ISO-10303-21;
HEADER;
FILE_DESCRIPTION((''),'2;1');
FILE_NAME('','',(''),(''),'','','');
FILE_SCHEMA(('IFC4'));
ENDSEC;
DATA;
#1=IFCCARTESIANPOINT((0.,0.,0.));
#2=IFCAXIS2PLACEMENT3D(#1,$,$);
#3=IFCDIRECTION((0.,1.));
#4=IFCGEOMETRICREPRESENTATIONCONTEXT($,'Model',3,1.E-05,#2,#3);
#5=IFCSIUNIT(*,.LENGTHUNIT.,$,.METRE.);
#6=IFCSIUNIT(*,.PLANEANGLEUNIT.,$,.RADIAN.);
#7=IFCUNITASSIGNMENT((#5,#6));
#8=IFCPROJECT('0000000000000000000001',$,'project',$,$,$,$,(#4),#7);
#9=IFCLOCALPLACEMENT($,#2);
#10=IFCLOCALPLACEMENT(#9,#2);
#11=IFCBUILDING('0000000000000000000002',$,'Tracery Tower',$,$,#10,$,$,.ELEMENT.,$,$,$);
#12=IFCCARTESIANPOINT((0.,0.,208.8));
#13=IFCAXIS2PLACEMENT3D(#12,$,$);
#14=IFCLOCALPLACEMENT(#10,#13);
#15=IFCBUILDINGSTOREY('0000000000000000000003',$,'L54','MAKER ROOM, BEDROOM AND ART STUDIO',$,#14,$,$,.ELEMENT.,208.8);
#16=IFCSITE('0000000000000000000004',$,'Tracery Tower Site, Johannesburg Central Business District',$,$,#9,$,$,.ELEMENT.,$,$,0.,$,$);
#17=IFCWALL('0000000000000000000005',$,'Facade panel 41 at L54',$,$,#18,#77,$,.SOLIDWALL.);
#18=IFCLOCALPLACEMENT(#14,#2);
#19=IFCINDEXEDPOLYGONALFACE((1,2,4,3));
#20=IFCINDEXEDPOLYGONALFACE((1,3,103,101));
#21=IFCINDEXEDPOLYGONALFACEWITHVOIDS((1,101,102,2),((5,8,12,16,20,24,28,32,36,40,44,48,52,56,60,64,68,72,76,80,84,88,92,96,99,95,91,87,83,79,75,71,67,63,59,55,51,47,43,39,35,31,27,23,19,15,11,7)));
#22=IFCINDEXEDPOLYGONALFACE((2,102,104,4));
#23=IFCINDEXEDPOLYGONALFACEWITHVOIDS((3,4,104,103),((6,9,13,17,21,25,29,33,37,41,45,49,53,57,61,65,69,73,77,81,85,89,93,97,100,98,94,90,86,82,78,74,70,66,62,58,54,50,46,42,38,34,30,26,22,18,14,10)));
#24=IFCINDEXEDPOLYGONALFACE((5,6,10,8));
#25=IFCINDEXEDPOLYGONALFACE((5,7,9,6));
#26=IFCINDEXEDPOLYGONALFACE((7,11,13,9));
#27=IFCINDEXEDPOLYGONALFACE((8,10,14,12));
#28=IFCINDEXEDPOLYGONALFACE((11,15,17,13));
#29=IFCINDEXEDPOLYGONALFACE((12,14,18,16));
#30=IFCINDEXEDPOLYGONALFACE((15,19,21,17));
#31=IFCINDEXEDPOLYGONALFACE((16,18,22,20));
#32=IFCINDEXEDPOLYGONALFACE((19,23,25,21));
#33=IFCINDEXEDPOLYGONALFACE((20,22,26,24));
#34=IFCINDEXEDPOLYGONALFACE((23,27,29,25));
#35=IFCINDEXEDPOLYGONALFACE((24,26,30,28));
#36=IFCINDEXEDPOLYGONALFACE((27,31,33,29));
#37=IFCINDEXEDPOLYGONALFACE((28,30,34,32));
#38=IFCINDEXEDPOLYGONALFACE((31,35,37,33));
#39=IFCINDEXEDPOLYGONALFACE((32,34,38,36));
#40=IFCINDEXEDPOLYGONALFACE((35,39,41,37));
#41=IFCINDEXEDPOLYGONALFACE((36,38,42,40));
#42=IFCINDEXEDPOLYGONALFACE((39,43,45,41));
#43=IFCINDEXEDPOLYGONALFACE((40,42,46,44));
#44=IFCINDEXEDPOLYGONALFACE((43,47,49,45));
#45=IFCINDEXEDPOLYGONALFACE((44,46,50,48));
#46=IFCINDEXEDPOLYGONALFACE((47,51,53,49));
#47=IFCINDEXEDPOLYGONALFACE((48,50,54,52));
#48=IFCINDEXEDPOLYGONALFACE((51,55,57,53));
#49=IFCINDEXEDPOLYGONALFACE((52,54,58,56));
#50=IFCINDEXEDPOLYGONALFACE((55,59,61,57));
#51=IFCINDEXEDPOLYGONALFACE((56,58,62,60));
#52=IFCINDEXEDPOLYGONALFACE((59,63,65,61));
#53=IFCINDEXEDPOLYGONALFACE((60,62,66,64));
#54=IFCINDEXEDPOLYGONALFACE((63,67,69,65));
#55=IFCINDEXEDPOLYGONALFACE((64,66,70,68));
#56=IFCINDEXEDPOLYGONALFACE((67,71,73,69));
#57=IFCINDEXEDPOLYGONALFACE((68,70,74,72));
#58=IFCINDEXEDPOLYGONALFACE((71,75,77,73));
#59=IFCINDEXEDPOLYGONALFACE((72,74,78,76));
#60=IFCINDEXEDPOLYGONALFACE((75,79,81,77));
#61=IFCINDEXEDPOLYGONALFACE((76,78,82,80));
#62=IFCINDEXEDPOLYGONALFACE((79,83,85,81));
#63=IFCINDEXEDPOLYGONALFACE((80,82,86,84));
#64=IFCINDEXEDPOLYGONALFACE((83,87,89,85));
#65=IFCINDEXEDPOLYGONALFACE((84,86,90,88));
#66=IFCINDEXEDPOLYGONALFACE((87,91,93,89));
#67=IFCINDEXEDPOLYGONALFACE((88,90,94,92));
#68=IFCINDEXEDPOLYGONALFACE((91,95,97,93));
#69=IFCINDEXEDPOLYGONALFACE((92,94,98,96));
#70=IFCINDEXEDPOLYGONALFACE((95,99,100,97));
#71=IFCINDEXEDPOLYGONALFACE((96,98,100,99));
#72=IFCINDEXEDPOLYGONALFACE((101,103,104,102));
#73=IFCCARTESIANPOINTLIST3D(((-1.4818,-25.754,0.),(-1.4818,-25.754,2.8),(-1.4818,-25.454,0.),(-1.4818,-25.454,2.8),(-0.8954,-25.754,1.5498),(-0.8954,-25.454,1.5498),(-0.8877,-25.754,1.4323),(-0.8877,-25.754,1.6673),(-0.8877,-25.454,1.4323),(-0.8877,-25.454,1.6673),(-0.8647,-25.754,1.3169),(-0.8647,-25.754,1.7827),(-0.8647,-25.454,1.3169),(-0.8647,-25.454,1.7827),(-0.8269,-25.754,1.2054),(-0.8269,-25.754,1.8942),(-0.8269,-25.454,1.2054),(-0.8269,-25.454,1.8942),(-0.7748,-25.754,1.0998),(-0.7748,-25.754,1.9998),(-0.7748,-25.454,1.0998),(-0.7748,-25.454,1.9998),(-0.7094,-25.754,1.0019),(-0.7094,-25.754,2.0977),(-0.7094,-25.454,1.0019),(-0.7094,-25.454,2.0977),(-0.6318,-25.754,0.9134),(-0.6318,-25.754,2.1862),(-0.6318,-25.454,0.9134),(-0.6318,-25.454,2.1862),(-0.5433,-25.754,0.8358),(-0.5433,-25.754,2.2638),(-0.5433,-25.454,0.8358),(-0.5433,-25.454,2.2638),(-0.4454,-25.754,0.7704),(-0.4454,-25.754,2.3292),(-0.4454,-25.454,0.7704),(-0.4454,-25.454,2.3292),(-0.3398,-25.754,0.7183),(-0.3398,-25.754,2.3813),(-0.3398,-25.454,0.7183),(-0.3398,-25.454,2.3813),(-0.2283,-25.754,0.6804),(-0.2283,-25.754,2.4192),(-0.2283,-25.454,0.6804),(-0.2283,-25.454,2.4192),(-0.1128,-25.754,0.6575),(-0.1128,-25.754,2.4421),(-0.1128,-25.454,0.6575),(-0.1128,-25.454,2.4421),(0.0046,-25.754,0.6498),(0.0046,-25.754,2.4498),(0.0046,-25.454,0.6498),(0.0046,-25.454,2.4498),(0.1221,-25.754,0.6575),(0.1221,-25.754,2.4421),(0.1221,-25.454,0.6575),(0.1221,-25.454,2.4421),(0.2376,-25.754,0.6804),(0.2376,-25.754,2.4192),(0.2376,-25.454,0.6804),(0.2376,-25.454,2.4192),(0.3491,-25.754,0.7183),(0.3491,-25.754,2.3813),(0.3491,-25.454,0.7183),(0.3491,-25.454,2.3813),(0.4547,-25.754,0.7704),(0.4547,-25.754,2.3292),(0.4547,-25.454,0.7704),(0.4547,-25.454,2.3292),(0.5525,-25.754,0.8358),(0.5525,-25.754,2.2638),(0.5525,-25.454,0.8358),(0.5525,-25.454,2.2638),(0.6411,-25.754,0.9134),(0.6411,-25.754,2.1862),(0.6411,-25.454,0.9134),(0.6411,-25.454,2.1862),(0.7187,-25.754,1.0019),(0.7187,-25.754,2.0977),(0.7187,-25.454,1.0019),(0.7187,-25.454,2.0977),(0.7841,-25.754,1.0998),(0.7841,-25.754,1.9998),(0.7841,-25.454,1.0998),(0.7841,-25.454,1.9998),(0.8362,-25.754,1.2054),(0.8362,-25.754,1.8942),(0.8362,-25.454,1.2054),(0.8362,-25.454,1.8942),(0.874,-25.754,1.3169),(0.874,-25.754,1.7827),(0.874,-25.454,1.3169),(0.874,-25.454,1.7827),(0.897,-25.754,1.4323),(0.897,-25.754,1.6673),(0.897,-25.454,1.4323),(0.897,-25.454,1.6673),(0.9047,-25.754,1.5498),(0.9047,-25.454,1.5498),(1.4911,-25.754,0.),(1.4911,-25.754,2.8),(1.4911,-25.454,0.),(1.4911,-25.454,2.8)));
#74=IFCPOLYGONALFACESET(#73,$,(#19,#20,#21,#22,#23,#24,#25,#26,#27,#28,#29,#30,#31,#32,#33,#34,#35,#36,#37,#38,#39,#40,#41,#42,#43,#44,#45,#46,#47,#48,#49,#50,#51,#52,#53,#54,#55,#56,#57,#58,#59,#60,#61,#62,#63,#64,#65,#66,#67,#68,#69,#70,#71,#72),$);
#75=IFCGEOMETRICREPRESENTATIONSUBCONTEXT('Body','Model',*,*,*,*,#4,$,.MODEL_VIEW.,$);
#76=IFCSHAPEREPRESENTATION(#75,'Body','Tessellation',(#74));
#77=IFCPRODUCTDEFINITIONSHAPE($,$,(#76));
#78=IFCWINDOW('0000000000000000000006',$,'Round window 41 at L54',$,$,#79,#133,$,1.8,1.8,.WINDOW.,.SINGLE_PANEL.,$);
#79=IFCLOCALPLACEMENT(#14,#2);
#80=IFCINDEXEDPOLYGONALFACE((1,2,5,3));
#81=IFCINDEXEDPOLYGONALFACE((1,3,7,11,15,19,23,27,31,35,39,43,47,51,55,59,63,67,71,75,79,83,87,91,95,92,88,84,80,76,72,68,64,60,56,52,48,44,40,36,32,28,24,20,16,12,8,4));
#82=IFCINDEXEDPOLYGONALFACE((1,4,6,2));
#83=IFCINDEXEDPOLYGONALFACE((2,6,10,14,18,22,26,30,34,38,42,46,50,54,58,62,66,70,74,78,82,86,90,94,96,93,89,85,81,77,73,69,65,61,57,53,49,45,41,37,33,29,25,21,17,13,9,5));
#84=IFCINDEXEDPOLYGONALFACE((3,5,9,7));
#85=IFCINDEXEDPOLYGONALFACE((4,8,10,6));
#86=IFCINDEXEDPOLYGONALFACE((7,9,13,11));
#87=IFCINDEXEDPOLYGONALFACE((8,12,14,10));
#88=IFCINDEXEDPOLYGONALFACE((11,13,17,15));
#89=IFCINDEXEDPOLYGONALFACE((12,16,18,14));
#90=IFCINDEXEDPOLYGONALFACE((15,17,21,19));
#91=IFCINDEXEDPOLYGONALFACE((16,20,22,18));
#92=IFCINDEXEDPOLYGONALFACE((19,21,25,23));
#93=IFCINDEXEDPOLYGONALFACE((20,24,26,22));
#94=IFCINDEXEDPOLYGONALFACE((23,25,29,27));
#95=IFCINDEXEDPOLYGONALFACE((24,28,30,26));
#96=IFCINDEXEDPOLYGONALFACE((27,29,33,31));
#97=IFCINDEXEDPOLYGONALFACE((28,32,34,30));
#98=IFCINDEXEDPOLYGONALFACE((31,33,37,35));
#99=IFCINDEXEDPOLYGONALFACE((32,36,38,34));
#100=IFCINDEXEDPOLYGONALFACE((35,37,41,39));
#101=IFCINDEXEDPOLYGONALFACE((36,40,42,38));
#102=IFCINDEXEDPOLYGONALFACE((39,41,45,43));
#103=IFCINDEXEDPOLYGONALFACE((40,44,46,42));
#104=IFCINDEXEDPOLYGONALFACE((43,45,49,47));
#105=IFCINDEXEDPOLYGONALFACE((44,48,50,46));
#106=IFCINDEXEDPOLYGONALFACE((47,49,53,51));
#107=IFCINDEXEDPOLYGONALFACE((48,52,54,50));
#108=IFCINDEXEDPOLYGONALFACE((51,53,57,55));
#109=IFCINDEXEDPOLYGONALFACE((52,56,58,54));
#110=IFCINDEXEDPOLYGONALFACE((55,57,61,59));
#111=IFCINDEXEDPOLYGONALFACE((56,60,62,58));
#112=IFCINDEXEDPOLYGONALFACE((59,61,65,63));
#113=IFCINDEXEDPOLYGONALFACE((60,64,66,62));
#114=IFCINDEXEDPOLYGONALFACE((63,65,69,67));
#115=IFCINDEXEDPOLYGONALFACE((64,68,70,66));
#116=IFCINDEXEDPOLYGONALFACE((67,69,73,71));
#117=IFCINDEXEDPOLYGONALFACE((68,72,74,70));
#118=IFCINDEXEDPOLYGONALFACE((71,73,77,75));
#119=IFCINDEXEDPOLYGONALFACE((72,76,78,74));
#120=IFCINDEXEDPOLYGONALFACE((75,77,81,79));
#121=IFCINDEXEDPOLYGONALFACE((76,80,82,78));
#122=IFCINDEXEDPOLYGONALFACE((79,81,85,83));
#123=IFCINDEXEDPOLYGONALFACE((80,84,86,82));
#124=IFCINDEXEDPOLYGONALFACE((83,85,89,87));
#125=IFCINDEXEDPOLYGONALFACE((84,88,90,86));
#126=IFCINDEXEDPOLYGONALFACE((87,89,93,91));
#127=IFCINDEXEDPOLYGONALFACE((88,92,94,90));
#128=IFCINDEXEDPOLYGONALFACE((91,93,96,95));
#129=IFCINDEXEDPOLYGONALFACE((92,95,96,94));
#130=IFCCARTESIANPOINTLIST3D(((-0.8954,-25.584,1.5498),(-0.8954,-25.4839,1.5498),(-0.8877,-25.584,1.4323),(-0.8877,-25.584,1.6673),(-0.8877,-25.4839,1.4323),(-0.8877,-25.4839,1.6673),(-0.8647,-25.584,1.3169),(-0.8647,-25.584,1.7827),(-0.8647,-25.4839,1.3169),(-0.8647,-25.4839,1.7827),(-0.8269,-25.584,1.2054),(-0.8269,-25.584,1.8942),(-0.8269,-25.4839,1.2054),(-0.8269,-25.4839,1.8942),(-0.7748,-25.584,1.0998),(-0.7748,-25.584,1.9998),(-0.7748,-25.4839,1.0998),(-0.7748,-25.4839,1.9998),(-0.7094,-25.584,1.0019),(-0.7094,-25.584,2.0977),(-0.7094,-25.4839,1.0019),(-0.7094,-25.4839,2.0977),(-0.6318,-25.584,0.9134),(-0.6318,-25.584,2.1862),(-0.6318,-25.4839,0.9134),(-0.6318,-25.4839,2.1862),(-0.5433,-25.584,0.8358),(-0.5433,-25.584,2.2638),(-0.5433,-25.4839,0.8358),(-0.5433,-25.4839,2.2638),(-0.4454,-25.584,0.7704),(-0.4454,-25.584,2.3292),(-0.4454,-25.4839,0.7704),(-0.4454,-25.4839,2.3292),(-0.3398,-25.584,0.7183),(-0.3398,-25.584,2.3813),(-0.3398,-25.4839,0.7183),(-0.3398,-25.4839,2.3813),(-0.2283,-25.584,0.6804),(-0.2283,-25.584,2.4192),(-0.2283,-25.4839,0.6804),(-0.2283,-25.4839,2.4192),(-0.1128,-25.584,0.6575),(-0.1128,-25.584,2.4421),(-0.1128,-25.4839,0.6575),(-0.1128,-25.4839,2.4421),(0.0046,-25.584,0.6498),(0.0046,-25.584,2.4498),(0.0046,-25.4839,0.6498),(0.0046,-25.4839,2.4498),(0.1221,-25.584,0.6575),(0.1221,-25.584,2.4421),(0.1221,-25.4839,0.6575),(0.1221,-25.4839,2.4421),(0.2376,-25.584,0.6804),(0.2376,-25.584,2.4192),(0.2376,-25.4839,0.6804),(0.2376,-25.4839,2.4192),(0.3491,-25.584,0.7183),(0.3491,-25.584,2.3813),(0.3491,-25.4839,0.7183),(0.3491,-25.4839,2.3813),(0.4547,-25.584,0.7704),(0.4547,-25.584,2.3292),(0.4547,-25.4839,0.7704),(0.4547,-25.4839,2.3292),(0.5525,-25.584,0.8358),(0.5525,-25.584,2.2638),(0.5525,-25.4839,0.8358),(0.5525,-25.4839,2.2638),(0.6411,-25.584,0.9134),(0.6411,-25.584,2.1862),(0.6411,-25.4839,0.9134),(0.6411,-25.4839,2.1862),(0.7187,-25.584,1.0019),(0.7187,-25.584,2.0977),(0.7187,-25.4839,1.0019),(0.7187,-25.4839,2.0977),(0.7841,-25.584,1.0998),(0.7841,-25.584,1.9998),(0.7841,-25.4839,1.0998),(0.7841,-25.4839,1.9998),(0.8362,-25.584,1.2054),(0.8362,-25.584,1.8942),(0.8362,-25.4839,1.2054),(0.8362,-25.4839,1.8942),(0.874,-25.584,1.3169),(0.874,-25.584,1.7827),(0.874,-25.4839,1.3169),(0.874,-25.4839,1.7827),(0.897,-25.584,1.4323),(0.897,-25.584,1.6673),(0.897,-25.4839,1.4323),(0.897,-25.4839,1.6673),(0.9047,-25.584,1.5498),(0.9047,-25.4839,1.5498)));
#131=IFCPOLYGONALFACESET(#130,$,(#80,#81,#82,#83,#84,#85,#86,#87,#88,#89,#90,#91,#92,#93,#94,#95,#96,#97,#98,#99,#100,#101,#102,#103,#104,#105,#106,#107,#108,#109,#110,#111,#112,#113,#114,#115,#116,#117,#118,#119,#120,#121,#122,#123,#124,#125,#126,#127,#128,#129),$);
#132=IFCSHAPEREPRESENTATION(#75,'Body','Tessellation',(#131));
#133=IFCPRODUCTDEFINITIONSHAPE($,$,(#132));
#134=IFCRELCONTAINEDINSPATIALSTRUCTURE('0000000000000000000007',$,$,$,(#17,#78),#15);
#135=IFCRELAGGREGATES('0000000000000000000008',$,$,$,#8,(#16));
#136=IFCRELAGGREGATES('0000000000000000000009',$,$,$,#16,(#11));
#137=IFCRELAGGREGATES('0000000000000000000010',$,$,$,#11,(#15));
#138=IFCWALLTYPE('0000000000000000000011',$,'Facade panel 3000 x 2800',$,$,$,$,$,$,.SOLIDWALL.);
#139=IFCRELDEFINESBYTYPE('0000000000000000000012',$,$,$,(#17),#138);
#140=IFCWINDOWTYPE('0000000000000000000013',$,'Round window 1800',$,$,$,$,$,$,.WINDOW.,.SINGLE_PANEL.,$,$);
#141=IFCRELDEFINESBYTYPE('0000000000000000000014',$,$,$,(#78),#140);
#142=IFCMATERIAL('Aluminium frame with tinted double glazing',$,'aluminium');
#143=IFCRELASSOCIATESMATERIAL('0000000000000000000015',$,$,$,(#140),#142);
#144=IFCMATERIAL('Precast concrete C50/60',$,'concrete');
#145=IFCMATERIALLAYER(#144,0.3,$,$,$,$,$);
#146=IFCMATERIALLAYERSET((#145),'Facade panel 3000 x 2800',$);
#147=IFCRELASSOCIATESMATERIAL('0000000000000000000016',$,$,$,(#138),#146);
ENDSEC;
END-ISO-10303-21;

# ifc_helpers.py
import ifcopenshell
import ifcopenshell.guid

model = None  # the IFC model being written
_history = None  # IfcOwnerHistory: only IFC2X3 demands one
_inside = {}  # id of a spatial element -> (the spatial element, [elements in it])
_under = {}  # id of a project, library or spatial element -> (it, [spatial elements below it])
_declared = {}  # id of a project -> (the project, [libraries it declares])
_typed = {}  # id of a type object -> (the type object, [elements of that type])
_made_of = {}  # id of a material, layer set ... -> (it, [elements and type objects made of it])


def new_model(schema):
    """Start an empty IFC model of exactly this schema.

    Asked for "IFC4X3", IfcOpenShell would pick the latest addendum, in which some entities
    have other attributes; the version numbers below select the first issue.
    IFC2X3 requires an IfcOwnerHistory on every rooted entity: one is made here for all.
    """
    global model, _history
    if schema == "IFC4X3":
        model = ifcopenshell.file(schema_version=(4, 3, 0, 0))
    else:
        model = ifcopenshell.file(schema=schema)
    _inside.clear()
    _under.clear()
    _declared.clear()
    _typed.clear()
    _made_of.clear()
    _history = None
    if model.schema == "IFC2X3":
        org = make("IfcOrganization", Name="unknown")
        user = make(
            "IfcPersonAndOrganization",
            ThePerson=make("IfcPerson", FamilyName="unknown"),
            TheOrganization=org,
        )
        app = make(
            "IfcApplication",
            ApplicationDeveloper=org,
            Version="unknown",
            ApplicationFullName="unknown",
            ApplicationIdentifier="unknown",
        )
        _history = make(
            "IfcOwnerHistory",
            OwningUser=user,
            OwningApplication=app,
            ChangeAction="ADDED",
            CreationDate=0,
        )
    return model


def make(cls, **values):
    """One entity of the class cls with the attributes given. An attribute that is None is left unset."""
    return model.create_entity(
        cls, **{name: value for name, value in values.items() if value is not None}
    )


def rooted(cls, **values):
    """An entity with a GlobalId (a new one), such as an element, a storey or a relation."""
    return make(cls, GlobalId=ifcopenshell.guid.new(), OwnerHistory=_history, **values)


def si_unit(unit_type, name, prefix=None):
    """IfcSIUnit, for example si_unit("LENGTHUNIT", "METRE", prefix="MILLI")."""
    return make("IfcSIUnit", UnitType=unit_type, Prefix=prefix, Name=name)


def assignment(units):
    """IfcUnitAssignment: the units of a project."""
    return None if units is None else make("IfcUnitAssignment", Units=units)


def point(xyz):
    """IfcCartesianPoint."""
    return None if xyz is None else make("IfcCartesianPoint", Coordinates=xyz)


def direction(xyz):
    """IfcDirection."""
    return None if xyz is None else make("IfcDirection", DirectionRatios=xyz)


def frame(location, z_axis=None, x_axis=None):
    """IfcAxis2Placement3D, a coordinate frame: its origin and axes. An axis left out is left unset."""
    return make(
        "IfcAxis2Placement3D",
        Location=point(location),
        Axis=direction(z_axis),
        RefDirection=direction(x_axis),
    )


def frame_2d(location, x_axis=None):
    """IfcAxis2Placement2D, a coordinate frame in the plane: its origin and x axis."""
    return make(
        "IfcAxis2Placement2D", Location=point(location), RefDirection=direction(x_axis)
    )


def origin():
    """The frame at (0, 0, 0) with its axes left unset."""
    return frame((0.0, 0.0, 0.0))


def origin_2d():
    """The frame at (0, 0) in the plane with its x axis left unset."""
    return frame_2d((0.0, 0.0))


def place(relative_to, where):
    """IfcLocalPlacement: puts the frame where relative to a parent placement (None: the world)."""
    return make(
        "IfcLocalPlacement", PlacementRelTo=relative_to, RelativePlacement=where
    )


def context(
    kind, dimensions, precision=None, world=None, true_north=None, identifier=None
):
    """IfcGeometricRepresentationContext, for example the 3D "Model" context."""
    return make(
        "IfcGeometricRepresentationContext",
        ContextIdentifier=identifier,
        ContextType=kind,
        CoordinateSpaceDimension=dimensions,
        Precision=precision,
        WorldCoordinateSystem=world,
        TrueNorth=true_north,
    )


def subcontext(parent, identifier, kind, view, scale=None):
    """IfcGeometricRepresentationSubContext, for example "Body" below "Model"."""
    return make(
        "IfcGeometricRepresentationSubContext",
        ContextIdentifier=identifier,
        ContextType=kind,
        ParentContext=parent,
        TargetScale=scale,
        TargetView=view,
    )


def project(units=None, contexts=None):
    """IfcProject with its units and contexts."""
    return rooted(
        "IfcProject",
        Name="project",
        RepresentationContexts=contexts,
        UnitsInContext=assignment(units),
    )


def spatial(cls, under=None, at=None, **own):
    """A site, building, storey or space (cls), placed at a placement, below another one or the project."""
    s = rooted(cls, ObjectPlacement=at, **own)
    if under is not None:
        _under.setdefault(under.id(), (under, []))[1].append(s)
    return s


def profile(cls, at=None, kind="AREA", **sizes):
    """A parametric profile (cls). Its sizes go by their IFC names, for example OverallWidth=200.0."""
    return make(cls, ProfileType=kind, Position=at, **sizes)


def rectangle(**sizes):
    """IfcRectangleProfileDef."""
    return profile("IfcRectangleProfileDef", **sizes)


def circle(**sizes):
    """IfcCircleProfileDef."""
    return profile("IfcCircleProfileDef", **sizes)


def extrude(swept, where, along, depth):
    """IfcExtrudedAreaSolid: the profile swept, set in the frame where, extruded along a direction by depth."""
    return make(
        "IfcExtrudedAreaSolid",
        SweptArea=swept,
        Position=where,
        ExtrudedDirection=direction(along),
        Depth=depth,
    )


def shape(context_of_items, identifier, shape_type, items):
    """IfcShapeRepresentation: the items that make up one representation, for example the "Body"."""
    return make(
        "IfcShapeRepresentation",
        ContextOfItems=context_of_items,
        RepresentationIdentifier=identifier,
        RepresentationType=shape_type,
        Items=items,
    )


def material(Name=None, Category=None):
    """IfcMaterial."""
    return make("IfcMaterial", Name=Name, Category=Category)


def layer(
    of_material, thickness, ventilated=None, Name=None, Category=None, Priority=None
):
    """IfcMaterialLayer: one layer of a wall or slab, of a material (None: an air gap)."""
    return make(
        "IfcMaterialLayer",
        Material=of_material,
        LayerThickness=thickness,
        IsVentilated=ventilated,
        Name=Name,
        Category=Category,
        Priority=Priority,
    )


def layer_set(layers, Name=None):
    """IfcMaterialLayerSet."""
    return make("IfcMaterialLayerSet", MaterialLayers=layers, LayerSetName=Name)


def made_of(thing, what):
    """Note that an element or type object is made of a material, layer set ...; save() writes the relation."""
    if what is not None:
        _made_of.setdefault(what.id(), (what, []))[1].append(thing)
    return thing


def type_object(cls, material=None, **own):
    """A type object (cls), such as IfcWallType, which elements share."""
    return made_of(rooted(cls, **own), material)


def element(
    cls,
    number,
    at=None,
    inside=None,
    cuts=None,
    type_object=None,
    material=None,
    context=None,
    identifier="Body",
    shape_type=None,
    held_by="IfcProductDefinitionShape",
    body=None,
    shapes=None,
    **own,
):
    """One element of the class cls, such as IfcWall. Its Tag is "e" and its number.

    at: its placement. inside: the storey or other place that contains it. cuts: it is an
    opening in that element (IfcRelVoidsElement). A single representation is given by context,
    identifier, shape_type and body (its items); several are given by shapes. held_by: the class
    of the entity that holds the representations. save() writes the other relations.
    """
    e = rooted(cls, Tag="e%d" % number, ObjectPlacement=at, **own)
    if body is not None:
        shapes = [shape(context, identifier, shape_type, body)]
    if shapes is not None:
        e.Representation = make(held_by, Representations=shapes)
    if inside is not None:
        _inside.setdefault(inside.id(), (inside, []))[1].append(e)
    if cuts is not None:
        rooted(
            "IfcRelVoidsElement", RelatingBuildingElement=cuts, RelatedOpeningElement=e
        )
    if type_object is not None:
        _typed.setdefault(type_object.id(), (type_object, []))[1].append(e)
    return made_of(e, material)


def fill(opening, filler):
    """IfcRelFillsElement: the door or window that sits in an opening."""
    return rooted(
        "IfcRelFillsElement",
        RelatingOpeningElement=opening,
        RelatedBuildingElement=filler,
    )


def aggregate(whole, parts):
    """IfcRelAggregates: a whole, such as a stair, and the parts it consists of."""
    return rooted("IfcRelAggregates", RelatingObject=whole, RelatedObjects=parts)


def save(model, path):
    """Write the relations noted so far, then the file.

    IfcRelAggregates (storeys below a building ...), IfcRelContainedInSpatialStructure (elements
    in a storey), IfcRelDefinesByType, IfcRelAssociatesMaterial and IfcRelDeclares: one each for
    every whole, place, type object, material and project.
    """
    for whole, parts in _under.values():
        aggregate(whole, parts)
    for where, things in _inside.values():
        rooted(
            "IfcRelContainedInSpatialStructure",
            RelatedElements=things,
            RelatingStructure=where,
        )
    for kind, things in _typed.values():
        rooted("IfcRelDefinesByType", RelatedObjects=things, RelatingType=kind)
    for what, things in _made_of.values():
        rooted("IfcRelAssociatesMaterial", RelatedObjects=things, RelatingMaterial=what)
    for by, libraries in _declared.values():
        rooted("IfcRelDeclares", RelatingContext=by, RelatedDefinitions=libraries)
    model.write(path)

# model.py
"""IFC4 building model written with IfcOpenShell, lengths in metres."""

from ifc_helpers import new_model, si_unit, direction, frame, frame_2d, origin, origin_2d, place, context, subcontext, project, spatial, rectangle, circle, extrude, material, layer, layer_set, type_object, element, fill, save


model = new_model("IFC4")

# Units and contexts
model_context = context("Model", 3, precision=1e-05, world=origin(), true_north=direction((0.0, 1.0)))
body_context = subcontext(model_context, "Body", "Model", "MODEL_VIEW")
ifc_project = project(units=[si_unit("LENGTHUNIT", "METRE"), si_unit("PLANEANGLEUNIT", "RADIAN")], contexts=[model_context])

# Site, building, storey
site_placement = place(None, origin())
site = spatial("IfcSite", under=ifc_project, at=site_placement, Name="Tracery Tower Site, Johannesburg Central Business District", CompositionType="ELEMENT", RefElevation=0.0)
building_placement = place(site_placement, origin())
building = spatial("IfcBuilding", under=site, at=building_placement, Name="Tracery Tower", CompositionType="ELEMENT")
storey_placement = place(building_placement, frame((0.0, 0.0, 208.8)))
storey = spatial("IfcBuildingStorey", under=building, at=storey_placement, Name="L54", Description="MAKER ROOM, BEDROOM AND ART STUDIO", CompositionType="ELEMENT", Elevation=208.8)

# Wall, opening, window
ifc_material_1 = material(Name="Aluminium frame with tinted double glazing", Category="aluminium")
window_type = type_object("IfcWindowType", Name="Round window 1800", PartitioningType="SINGLE_PANEL", PredefinedType="WINDOW", material=ifc_material_1)
ifc_material_2 = material(Name="Precast concrete C50/60", Category="concrete")
ifc_layer_1 = layer(ifc_material_2, 0.3)
ifc_layer_set_1 = layer_set([ifc_layer_1], Name="Facade panel 3000 x 2800")
wall_type_1 = type_object("IfcWallType", Name="Facade panel 3000 x 2800", PredefinedType="SOLIDWALL", material=ifc_layer_set_1)
wall_1_placement = place(storey_placement, frame((-1.4817, -25.604, 0.0), z_axis=(0.0, 0.0, 1.0), x_axis=(1.0, 0.0, 0.0)))
wall_1 = element("IfcWall", 1, at=wall_1_placement, inside=storey, type_object=wall_type_1, Name="Facade panel 41 at L54", PredefinedType="SOLIDWALL", context=body_context, shape_type="SweptSolid", body=[
    extrude(rectangle(XDim=2.9729, YDim=0.3, at=frame_2d((1.4863, 0.0))), origin(), (0.0, 0.0, 1.0), 2.8),
])
opening_1_placement = place(wall_1_placement, frame((1.4863, 0.0, 1.5498)))
opening_1 = element("IfcOpeningElement", 2, at=opening_1_placement, cuts=wall_1, PredefinedType="OPENING", context=body_context, shape_type="SweptSolid", body=[
    extrude(circle(Radius=0.9, at=origin_2d()), frame((0.0, 0.1599, 0.0), z_axis=(0.0, -1.0, 0.0), x_axis=(1.0, 0.0, 0.0)), (0.0, 0.0, 1.0), 0.3201),
])
window_1_placement = place(opening_1_placement, origin())
window_1 = element("IfcWindow", 3, at=window_1_placement, inside=storey, type_object=window_type, Name="Round window 41 at L54", OverallHeight=1.8, OverallWidth=1.8, PartitioningType="SINGLE_PANEL", PredefinedType="WINDOW", context=body_context, shape_type="SweptSolid", body=[
    extrude(circle(Radius=0.9, at=origin_2d()), frame((0.0, 0.1201, 0.0), z_axis=(0.0, -1.0, 0.0), x_axis=(1.0, 0.0, 0.0)), (0.0, 0.0, 1.0), 0.1001),
])
fill(opening_1, window_1)

save(model, "model.ifc")
